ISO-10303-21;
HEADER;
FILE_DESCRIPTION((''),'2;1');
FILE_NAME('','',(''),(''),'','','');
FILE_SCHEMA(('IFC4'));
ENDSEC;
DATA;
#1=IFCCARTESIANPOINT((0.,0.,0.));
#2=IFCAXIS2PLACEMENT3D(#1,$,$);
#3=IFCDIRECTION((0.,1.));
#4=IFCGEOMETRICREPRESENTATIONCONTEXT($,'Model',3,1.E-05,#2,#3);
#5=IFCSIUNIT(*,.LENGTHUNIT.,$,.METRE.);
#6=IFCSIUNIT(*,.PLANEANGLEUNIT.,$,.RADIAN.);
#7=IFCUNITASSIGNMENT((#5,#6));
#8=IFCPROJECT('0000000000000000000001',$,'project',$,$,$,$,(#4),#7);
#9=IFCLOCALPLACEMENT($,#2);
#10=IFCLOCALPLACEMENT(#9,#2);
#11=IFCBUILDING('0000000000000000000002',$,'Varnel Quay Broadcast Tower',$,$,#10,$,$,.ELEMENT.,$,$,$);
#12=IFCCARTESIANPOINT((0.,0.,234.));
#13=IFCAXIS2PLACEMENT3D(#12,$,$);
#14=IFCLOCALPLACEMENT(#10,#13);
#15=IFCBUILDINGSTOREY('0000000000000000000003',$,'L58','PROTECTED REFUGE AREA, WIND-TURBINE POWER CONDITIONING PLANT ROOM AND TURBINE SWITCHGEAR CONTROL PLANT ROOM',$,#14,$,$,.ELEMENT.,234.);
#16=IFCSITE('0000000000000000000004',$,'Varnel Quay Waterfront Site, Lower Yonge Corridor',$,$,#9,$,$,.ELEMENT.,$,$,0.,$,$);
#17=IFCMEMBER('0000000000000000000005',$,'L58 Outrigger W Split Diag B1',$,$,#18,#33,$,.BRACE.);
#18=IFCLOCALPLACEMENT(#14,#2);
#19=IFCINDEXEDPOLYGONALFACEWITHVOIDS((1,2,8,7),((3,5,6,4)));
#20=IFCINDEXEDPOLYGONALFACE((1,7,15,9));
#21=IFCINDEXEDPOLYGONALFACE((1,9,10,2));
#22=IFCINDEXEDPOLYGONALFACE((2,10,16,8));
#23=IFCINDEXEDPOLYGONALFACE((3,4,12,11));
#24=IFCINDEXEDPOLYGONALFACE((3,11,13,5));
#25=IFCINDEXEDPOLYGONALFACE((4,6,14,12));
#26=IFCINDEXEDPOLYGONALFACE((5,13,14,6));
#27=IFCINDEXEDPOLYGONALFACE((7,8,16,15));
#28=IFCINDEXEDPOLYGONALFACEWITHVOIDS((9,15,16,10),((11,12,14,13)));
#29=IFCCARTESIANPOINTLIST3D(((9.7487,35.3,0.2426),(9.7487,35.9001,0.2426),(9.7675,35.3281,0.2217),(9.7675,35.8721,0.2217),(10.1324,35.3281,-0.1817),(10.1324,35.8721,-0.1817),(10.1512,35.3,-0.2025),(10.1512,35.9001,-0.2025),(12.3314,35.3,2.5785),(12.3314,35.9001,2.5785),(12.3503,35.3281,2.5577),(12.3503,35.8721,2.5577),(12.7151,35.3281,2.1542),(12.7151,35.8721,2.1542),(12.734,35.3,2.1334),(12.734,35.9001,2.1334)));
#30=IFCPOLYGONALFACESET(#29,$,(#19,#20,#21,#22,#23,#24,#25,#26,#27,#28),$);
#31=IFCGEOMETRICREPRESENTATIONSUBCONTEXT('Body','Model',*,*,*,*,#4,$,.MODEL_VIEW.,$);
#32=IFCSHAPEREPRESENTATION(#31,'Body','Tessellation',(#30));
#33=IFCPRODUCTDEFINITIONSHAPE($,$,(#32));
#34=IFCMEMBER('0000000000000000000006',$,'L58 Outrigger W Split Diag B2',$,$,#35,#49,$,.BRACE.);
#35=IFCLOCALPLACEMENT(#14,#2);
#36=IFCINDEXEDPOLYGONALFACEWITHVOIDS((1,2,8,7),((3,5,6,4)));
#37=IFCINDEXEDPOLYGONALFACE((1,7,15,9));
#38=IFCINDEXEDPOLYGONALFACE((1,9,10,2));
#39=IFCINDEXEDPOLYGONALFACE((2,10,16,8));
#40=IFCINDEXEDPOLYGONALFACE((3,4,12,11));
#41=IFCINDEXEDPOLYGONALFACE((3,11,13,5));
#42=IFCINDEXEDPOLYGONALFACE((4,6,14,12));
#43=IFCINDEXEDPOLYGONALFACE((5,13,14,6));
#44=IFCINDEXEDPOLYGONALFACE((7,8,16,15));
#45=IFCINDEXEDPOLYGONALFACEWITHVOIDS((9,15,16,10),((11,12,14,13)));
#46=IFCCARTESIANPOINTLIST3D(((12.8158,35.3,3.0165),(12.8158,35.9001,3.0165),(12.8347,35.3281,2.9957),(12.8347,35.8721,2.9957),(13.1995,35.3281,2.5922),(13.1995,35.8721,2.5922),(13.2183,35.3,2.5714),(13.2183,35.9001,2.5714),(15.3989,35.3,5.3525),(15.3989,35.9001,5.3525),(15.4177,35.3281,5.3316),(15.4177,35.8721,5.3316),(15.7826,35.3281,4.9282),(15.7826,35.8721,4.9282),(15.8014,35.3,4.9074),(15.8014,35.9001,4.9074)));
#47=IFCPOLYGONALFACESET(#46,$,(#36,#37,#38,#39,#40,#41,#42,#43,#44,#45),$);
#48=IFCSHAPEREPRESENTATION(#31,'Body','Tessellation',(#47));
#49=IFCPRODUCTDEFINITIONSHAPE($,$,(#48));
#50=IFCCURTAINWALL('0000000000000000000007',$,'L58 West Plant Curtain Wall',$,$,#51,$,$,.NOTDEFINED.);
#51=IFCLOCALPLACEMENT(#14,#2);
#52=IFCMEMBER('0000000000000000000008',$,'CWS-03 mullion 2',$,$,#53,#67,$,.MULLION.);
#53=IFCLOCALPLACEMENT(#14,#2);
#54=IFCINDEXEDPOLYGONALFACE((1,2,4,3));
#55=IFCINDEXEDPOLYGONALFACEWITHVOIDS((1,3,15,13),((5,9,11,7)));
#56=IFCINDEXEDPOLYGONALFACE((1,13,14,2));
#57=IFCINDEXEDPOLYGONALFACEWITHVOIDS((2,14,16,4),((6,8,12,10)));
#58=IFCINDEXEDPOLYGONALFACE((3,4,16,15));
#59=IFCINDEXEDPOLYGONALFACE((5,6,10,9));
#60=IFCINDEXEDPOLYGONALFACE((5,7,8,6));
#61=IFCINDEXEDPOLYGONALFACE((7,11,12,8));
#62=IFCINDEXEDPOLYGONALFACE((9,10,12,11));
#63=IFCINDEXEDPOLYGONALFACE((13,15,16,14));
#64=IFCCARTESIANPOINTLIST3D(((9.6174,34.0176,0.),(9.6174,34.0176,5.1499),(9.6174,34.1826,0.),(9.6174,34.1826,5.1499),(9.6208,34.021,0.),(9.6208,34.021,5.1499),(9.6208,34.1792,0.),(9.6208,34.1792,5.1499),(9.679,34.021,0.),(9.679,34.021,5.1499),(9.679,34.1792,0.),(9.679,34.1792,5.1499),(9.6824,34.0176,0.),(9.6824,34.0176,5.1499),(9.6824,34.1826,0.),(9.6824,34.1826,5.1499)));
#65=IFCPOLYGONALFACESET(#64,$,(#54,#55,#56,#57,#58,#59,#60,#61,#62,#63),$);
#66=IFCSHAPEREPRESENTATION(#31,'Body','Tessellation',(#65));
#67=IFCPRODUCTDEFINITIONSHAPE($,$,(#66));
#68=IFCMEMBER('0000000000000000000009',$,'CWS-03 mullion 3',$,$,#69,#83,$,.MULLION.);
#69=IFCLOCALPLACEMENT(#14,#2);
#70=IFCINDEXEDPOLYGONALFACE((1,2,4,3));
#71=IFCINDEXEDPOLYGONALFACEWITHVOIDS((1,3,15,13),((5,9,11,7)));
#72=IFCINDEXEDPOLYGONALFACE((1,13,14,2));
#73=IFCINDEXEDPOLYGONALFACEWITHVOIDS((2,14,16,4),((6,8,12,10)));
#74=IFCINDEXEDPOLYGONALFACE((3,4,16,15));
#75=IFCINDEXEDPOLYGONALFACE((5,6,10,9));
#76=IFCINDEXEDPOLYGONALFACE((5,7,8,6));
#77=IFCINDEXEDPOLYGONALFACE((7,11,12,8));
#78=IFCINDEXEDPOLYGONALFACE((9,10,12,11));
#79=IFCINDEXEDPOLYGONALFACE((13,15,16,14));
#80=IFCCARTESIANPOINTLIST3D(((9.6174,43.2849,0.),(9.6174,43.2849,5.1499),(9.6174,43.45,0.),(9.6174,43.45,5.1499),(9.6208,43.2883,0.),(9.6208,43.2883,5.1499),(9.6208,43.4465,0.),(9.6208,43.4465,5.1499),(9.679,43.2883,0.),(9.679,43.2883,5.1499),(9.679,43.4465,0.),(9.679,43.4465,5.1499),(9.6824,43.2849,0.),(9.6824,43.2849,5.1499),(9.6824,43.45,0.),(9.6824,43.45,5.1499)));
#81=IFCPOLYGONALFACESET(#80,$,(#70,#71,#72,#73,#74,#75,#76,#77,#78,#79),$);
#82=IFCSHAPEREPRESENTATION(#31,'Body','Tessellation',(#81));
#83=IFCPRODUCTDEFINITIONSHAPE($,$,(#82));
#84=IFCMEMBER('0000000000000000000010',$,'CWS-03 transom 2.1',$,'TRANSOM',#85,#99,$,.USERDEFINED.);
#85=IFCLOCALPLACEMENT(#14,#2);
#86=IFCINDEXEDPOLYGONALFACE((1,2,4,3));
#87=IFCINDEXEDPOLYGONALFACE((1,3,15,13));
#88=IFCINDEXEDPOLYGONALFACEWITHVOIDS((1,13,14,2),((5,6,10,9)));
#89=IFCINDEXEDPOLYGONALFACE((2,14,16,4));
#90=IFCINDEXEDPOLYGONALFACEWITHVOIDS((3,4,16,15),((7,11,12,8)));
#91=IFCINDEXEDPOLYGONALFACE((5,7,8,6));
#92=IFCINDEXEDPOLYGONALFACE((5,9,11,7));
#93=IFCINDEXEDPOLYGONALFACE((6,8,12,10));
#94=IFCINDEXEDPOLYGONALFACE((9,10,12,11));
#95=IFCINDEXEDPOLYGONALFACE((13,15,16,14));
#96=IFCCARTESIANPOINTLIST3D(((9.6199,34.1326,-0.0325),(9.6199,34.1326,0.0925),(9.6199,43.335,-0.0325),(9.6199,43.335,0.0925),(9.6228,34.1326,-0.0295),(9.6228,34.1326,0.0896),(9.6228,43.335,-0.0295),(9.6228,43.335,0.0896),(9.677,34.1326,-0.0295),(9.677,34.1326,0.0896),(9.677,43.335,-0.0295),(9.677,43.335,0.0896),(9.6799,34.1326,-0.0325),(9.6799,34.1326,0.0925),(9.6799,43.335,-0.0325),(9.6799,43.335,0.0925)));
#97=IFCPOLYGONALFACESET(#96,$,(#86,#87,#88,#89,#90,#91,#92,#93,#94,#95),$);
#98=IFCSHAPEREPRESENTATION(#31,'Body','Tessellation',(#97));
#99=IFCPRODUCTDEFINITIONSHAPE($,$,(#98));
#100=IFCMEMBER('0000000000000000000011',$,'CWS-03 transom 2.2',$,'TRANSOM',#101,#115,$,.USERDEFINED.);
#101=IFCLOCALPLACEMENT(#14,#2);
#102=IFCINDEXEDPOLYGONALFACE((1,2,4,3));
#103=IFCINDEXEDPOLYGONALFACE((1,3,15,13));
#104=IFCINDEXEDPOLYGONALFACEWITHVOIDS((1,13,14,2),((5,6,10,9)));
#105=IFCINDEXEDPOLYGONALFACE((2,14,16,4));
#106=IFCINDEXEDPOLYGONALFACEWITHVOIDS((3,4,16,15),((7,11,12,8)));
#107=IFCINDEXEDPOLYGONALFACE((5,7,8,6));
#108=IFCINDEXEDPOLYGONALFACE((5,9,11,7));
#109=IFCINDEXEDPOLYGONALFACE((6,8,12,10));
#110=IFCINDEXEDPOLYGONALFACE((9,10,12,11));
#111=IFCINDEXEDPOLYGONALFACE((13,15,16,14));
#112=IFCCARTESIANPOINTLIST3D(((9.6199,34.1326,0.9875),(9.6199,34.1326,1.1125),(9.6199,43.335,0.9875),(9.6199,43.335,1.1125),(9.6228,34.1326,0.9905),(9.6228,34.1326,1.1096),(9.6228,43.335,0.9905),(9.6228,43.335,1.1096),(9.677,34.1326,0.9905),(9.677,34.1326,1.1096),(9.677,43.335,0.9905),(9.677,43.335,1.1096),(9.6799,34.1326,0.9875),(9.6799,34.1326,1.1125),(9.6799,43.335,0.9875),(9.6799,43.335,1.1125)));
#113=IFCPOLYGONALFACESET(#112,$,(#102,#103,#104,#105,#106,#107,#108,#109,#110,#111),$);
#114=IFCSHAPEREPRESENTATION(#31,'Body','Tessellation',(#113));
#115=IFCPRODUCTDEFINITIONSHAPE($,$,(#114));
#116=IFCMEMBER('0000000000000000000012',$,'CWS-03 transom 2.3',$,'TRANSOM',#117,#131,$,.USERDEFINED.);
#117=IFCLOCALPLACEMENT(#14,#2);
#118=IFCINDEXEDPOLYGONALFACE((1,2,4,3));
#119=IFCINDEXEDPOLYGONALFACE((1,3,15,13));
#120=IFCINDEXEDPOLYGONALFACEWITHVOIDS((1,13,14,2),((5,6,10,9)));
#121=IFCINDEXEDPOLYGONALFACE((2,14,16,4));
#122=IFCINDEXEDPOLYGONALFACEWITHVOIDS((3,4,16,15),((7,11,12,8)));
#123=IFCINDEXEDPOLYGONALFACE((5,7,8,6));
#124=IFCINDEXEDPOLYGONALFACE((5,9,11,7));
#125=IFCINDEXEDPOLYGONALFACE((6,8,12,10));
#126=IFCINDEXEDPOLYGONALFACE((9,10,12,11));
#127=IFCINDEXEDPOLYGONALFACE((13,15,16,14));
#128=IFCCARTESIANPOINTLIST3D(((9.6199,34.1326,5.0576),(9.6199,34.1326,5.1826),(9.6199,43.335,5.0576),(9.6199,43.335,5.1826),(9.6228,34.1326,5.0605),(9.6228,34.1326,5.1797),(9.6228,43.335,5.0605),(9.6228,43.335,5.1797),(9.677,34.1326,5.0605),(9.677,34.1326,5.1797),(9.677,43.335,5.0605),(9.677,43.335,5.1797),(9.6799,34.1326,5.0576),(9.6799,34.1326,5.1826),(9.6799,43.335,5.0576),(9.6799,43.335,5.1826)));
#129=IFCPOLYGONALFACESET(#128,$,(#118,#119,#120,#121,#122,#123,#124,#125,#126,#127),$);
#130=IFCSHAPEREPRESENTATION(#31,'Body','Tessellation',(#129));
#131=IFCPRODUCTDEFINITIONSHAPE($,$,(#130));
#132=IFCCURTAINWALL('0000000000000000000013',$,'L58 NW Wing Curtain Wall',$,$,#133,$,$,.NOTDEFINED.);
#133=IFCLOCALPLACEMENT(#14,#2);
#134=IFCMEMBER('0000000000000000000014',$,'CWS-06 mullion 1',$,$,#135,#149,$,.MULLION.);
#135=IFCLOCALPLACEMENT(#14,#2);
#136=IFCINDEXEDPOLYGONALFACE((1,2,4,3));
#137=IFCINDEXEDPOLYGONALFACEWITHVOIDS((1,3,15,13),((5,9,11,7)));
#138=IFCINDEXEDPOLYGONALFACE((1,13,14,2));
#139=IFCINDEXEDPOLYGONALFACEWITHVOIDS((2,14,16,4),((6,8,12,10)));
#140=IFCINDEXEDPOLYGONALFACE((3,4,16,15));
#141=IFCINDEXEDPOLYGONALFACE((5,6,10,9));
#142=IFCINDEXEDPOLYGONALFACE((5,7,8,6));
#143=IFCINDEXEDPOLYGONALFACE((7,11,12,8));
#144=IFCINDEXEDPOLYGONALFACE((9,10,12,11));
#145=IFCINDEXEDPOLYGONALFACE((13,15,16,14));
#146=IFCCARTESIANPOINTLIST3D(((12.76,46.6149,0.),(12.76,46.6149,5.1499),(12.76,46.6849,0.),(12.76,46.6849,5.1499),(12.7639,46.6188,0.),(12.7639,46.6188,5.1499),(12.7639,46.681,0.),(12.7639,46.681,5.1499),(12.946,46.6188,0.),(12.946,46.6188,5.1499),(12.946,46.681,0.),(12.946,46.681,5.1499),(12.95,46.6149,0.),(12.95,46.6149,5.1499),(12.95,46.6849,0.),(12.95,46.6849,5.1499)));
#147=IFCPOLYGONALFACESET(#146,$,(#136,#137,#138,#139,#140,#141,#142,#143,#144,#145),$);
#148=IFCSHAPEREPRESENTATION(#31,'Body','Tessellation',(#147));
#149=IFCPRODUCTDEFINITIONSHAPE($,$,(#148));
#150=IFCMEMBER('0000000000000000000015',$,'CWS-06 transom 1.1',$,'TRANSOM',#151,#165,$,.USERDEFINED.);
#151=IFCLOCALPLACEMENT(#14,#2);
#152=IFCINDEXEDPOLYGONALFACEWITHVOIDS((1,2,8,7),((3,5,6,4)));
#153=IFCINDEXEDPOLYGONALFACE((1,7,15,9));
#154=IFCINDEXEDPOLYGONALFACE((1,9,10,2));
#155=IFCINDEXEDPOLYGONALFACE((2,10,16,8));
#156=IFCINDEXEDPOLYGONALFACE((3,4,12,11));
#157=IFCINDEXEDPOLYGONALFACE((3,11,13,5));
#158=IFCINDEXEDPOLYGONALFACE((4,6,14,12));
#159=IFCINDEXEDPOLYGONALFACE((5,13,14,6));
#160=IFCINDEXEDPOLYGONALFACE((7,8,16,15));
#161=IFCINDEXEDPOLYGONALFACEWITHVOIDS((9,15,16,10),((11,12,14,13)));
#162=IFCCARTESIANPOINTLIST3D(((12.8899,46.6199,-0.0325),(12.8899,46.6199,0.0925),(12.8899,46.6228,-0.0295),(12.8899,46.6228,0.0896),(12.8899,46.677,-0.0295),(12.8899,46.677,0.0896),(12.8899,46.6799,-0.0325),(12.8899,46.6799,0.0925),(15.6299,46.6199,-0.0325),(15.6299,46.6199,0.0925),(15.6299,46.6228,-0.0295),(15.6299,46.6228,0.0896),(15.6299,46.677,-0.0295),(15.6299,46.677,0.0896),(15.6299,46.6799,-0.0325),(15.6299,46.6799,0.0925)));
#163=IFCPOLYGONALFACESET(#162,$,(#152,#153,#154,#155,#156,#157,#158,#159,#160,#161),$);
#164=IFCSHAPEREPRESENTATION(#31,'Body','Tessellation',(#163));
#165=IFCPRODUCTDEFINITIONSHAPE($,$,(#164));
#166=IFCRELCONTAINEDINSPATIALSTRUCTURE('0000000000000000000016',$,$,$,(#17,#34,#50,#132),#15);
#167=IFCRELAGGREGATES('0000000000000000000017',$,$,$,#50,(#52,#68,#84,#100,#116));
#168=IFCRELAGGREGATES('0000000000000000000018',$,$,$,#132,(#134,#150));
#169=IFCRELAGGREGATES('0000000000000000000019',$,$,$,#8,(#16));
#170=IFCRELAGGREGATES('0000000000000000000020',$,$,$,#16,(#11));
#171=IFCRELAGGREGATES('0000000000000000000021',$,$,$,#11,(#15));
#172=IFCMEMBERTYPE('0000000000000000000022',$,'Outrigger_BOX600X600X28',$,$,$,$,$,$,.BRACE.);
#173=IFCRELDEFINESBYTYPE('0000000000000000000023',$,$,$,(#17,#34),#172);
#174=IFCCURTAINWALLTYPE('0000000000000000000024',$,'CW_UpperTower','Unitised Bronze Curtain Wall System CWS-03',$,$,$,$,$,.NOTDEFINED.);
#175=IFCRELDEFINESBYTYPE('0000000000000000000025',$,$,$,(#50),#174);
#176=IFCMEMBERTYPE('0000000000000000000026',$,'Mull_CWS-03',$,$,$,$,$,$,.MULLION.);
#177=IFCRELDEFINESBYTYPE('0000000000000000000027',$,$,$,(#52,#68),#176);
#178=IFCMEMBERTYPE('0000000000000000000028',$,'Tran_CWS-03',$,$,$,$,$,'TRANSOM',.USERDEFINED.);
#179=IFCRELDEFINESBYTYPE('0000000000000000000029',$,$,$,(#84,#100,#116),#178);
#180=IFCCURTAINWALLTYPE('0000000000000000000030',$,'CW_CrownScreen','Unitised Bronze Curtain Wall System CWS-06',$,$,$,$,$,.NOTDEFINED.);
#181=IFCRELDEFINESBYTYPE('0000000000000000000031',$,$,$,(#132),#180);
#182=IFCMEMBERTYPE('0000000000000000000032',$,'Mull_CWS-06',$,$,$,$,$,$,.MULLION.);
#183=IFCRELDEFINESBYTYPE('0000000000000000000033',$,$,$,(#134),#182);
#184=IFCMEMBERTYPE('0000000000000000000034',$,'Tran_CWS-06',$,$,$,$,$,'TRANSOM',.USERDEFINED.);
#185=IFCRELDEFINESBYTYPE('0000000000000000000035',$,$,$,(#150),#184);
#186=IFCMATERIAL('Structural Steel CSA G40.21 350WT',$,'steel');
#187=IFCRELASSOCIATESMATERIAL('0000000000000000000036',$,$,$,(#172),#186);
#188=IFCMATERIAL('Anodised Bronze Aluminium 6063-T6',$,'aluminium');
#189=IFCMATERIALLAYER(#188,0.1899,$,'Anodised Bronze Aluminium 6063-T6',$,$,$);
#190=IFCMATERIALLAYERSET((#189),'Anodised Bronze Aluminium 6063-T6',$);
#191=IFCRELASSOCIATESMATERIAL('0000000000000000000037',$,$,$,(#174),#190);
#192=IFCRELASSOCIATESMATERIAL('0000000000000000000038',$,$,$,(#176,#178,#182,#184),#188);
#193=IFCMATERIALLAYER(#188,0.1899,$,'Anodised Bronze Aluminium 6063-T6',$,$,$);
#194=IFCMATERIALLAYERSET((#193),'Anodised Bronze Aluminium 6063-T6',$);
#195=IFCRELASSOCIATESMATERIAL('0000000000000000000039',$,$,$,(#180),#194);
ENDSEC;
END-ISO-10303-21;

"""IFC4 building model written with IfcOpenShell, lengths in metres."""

from ifc_helpers import new_model, si_unit, direction, frame, origin, origin_2d, place, context, subcontext, project, spatial, hollow_rectangle, extrude, source, transform, mapped, material, layer, layer_set, material_profile, profile_set, type_object, type_shapes, element, aggregate, save


model = new_model("IFC4")

# Units and contexts
model_context = context("Model", 3, precision=1e-05, world=origin(), true_north=direction((0.0, 1.0)))
body_context = subcontext(model_context, "Body", "Model", "MODEL_VIEW")
ifc_project = project(units=[si_unit("LENGTHUNIT", "METRE"), si_unit("PLANEANGLEUNIT", "RADIAN")], contexts=[model_context])

# Site, building, storey
site_placement = place(None, origin())
site = spatial("IfcSite", under=ifc_project, at=site_placement, Name="Varnel Quay Waterfront Site, Lower Yonge Corridor", CompositionType="ELEMENT", RefElevation=0.0)
building_placement = place(site_placement, origin())
building = spatial("IfcBuilding", under=site, at=building_placement, Name="Varnel Quay Broadcast Tower", CompositionType="ELEMENT")
storey_placement = place(building_placement, frame((0.0, 0.0, 234.0)))
storey = spatial("IfcBuildingStorey", under=building, at=storey_placement, Name="L58", Description="PROTECTED REFUGE AREA, WIND-TURBINE POWER CONDITIONING PLANT ROOM AND TURBINE SWITCHGEAR CONTROL PLANT ROOM", CompositionType="ELEMENT", Elevation=234.0)

# Shared definitions
ifc_material_1 = material(Name="Structural Steel CSA G40.21 350WT", Category="steel")

# Members
ifc_material_profile_1 = material_profile(ifc_material_1, hollow_rectangle(XDim=0.6001, YDim=0.6001, WallThickness=0.0281, at=origin_2d()), Name="BOX600X600X28")
ifc_profile_set_1 = profile_set([ifc_material_profile_1], Name="Structural Steel CSA G40.21 350WT")
member_type_1 = type_object("IfcMemberType", Name="Outrigger_BOX600X600X28", PredefinedType="BRACE", material=ifc_profile_set_1)
shared_shape_1 = source(origin(), body_context, "Body", "SweptSolid", [
    extrude(hollow_rectangle(XDim=0.6001, YDim=0.6001, WallThickness=0.0281, at=origin_2d()), origin(), (0.0, 0.0, 1.0), 3.4824),
])
member_1_placement = place(storey_placement, frame((9.95, 35.6001, 0.02), z_axis=(0.741657, 0.0, 0.670779), x_axis=(0.0, 1.0, 0.0)))
element("IfcMember", 1, at=member_1_placement, inside=storey, type_object=member_type_1, Name="L58 Outrigger W Split Diag B1", PredefinedType="BRACE", context=body_context, shape_type="MappedRepresentation", body=[
    mapped(shared_shape_1, transform((0.0, 0.0, 0.0), x_axis=(1.0, 0.0, 0.0), y_axis=(0.0, 1.0, 0.0), z_axis=(0.0, 0.0, 1.0), scale=1.0)),
])
shared_shape_2 = source(origin(), body_context, "Body", "SweptSolid", [
    extrude(hollow_rectangle(XDim=0.6001, YDim=0.6001, WallThickness=0.0281, at=origin_2d()), origin(), (0.0, 0.0, 1.0), 3.4827),
])
member_2_placement = place(storey_placement, frame((13.0171, 35.6001, 2.7939), z_axis=(0.741689, 0.0, 0.670744), x_axis=(0.0, 1.0, 0.0)))
element("IfcMember", 2, at=member_2_placement, inside=storey, type_object=member_type_1, Name="L58 Outrigger W Split Diag B2", PredefinedType="BRACE", context=body_context, shape_type="MappedRepresentation", body=[
    mapped(shared_shape_2, transform((0.0, 0.0, 0.0), x_axis=(1.0, 0.0, 0.0), y_axis=(0.0, 1.0, 0.0), z_axis=(0.0, 0.0, 1.0), scale=1.0)),
])

# Curtain walls, members
ifc_material_2 = material(Name="Anodised Bronze Aluminium 6063-T6", Category="aluminium")
ifc_layer_1 = layer(ifc_material_2, 0.1899, Name="Anodised Bronze Aluminium 6063-T6")
ifc_layer_set_1 = layer_set([ifc_layer_1], Name="Anodised Bronze Aluminium 6063-T6")
curtain_wall_type_1 = type_object("IfcCurtainWallType", Name="CW_UpperTower", Description="Unitised Bronze Curtain Wall System CWS-03", PredefinedType="NOTDEFINED", material=ifc_layer_set_1)
curtain_wall_1_placement = place(storey_placement, origin())
curtain_wall_1 = element("IfcCurtainWall", 3, at=curtain_wall_1_placement, inside=storey, type_object=curtain_wall_type_1, Name="L58 West Plant Curtain Wall", PredefinedType="NOTDEFINED")
ifc_material_profile_2 = material_profile(ifc_material_2, hollow_rectangle(XDim=0.0649, YDim=0.165, WallThickness=0.0034, at=origin_2d()), Name="ALU65X165X3.5")
ifc_profile_set_2 = profile_set([ifc_material_profile_2], Name="Anodised Bronze Aluminium 6063-T6")
member_type_2 = type_object("IfcMemberType", Name="Mull_CWS-03", PredefinedType="MULLION", material=ifc_profile_set_2)
shared_shape_3 = source(origin(), body_context, "Body", "SweptSolid", [
    extrude(hollow_rectangle(XDim=0.0649, YDim=0.165, WallThickness=0.0034, at=origin_2d()), origin(), (0.0, 0.0, 1.0), 5.1499),
])
type_shapes(member_type_2, [shared_shape_3])
member_3_placement = place(storey_placement, frame((9.6499, 34.1001, 0.0), z_axis=(0.0, 0.0, 1.0), x_axis=(-1.0, 0.0, 0.0)))
member_3 = element("IfcMember", 4, at=member_3_placement, type_object=member_type_2, Name="CWS-03 mullion 2", PredefinedType="MULLION", context=body_context, shape_type="MappedRepresentation", body=[
    mapped(shared_shape_3, transform((0.0, 0.0, 0.0), x_axis=(1.0, 0.0, 0.0), y_axis=(0.0, 1.0, 0.0), z_axis=(0.0, 0.0, 1.0), scale=1.0)),
])
member_4_placement = place(storey_placement, frame((9.6499, 43.3674, 0.0), z_axis=(0.0, 0.0, 1.0), x_axis=(-1.0, 0.0, 0.0)))
member_4 = element("IfcMember", 5, at=member_4_placement, type_object=member_type_2, Name="CWS-03 mullion 3", PredefinedType="MULLION", context=body_context, shape_type="MappedRepresentation", body=[
    mapped(shared_shape_3, transform((0.0, 0.0, 0.0), x_axis=(1.0, 0.0, 0.0), y_axis=(0.0, 1.0, 0.0), z_axis=(0.0, 0.0, 1.0), scale=1.0)),
])
ifc_material_profile_3 = material_profile(ifc_material_2, hollow_rectangle(XDim=0.0601, YDim=0.125, WallThickness=0.0029, at=origin_2d()), Name="ALU60X125X3")
ifc_profile_set_3 = profile_set([ifc_material_profile_3], Name="Anodised Bronze Aluminium 6063-T6")
member_type_3 = type_object("IfcMemberType", Name="Tran_CWS-03", ElementType="TRANSOM", PredefinedType="USERDEFINED", material=ifc_profile_set_3)
shared_shape_4 = source(origin(), body_context, "Body", "SweptSolid", [
    extrude(hollow_rectangle(XDim=0.0601, YDim=0.125, WallThickness=0.0029, at=origin_2d()), origin(), (0.0, 0.0, 1.0), 9.2024),
])
type_shapes(member_type_3, [shared_shape_4])
member_5_placement = place(storey_placement, frame((9.6499, 34.1326, 0.03), z_axis=(0.0, 1.0, 0.0), x_axis=(-1.0, 0.0, 0.0)))
member_5 = element("IfcMember", 6, at=member_5_placement, type_object=member_type_3, Name="CWS-03 transom 2.1", ObjectType="TRANSOM", PredefinedType="USERDEFINED", context=body_context, shape_type="MappedRepresentation", body=[
    mapped(shared_shape_4, transform((0.0, 0.0, 0.0), x_axis=(1.0, 0.0, 0.0), y_axis=(0.0, 1.0, 0.0), z_axis=(0.0, 0.0, 1.0), scale=1.0)),
])
member_6_placement = place(storey_placement, frame((9.6499, 34.1326, 1.05), z_axis=(0.0, 1.0, 0.0), x_axis=(-1.0, 0.0, 0.0)))
member_6 = element("IfcMember", 7, at=member_6_placement, type_object=member_type_3, Name="CWS-03 transom 2.2", ObjectType="TRANSOM", PredefinedType="USERDEFINED", context=body_context, shape_type="MappedRepresentation", body=[
    mapped(shared_shape_4, transform((0.0, 0.0, 0.0), x_axis=(1.0, 0.0, 0.0), y_axis=(0.0, 1.0, 0.0), z_axis=(0.0, 0.0, 1.0), scale=1.0)),
])
member_7_placement = place(storey_placement, frame((9.6499, 34.1326, 5.1201), z_axis=(0.0, 1.0, 0.0), x_axis=(-1.0, 0.0, 0.0)))
member_7 = element("IfcMember", 8, at=member_7_placement, type_object=member_type_3, Name="CWS-03 transom 2.3", ObjectType="TRANSOM", PredefinedType="USERDEFINED", context=body_context, shape_type="MappedRepresentation", body=[
    mapped(shared_shape_4, transform((0.0, 0.0, 0.0), x_axis=(1.0, 0.0, 0.0), y_axis=(0.0, 1.0, 0.0), z_axis=(0.0, 0.0, 1.0), scale=1.0)),
])
ifc_layer_2 = layer(ifc_material_2, 0.1899, Name="Anodised Bronze Aluminium 6063-T6")
ifc_layer_set_2 = layer_set([ifc_layer_2], Name="Anodised Bronze Aluminium 6063-T6")
curtain_wall_type_2 = type_object("IfcCurtainWallType", Name="CW_CrownScreen", Description="Unitised Bronze Curtain Wall System CWS-06", PredefinedType="NOTDEFINED", material=ifc_layer_set_2)
curtain_wall_2_placement = place(storey_placement, origin())
curtain_wall_2 = element("IfcCurtainWall", 9, at=curtain_wall_2_placement, inside=storey, type_object=curtain_wall_type_2, Name="L58 NW Wing Curtain Wall", PredefinedType="NOTDEFINED")
ifc_material_profile_4 = material_profile(ifc_material_2, hollow_rectangle(XDim=0.0701, YDim=0.1899, WallThickness=0.0039, at=origin_2d()), Name="ALU70X190X4")
ifc_profile_set_4 = profile_set([ifc_material_profile_4], Name="Anodised Bronze Aluminium 6063-T6")
member_type_4 = type_object("IfcMemberType", Name="Mull_CWS-06", PredefinedType="MULLION", material=ifc_profile_set_4)
shared_shape_5 = source(origin(), body_context, "Body", "SweptSolid", [
    extrude(hollow_rectangle(XDim=0.0701, YDim=0.1899, WallThickness=0.0039, at=origin_2d()), origin(), (0.0, 0.0, 1.0), 5.1499),
])
type_shapes(member_type_4, [shared_shape_5])
member_8_placement = place(storey_placement, frame((12.855, 46.6499, 0.0), z_axis=(0.0, 0.0, 1.0), x_axis=(0.0, 1.0, 0.0)))
member_8 = element("IfcMember", 10, at=member_8_placement, type_object=member_type_4, Name="CWS-06 mullion 1", PredefinedType="MULLION", context=body_context, shape_type="MappedRepresentation", body=[
    mapped(shared_shape_5, transform((0.0, 0.0, 0.0), x_axis=(1.0, 0.0, 0.0), y_axis=(0.0, 1.0, 0.0), z_axis=(0.0, 0.0, 1.0), scale=1.0)),
])
ifc_material_profile_5 = material_profile(ifc_material_2, hollow_rectangle(XDim=0.0601, YDim=0.125, WallThickness=0.0029, at=origin_2d()), Name="ALU60X125X3")
ifc_profile_set_5 = profile_set([ifc_material_profile_5], Name="Anodised Bronze Aluminium 6063-T6")
member_type_5 = type_object("IfcMemberType", Name="Tran_CWS-06", ElementType="TRANSOM", PredefinedType="USERDEFINED", material=ifc_profile_set_5)
shared_shape_6 = source(origin(), body_context, "Body", "SweptSolid", [
    extrude(hollow_rectangle(XDim=0.0601, YDim=0.125, WallThickness=0.0029, at=origin_2d()), origin(), (0.0, 0.0, 1.0), 2.74),
])
type_shapes(member_type_5, [shared_shape_6])
member_9_placement = place(storey_placement, frame((12.8899, 46.6499, 0.03), z_axis=(1.0, 0.0, 0.0), x_axis=(0.0, 1.0, 0.0)))
member_9 = element("IfcMember", 11, at=member_9_placement, type_object=member_type_5, Name="CWS-06 transom 1.1", ObjectType="TRANSOM", PredefinedType="USERDEFINED", context=body_context, shape_type="MappedRepresentation", body=[
    mapped(shared_shape_6, transform((0.0, 0.0, 0.0), x_axis=(1.0, 0.0, 0.0), y_axis=(0.0, 1.0, 0.0), z_axis=(0.0, 0.0, 1.0), scale=1.0)),
])

aggregate(curtain_wall_1, [member_3, member_4, member_5, member_6, member_7])
aggregate(curtain_wall_2, [member_8, member_9])

save(model, "model.ifc")
